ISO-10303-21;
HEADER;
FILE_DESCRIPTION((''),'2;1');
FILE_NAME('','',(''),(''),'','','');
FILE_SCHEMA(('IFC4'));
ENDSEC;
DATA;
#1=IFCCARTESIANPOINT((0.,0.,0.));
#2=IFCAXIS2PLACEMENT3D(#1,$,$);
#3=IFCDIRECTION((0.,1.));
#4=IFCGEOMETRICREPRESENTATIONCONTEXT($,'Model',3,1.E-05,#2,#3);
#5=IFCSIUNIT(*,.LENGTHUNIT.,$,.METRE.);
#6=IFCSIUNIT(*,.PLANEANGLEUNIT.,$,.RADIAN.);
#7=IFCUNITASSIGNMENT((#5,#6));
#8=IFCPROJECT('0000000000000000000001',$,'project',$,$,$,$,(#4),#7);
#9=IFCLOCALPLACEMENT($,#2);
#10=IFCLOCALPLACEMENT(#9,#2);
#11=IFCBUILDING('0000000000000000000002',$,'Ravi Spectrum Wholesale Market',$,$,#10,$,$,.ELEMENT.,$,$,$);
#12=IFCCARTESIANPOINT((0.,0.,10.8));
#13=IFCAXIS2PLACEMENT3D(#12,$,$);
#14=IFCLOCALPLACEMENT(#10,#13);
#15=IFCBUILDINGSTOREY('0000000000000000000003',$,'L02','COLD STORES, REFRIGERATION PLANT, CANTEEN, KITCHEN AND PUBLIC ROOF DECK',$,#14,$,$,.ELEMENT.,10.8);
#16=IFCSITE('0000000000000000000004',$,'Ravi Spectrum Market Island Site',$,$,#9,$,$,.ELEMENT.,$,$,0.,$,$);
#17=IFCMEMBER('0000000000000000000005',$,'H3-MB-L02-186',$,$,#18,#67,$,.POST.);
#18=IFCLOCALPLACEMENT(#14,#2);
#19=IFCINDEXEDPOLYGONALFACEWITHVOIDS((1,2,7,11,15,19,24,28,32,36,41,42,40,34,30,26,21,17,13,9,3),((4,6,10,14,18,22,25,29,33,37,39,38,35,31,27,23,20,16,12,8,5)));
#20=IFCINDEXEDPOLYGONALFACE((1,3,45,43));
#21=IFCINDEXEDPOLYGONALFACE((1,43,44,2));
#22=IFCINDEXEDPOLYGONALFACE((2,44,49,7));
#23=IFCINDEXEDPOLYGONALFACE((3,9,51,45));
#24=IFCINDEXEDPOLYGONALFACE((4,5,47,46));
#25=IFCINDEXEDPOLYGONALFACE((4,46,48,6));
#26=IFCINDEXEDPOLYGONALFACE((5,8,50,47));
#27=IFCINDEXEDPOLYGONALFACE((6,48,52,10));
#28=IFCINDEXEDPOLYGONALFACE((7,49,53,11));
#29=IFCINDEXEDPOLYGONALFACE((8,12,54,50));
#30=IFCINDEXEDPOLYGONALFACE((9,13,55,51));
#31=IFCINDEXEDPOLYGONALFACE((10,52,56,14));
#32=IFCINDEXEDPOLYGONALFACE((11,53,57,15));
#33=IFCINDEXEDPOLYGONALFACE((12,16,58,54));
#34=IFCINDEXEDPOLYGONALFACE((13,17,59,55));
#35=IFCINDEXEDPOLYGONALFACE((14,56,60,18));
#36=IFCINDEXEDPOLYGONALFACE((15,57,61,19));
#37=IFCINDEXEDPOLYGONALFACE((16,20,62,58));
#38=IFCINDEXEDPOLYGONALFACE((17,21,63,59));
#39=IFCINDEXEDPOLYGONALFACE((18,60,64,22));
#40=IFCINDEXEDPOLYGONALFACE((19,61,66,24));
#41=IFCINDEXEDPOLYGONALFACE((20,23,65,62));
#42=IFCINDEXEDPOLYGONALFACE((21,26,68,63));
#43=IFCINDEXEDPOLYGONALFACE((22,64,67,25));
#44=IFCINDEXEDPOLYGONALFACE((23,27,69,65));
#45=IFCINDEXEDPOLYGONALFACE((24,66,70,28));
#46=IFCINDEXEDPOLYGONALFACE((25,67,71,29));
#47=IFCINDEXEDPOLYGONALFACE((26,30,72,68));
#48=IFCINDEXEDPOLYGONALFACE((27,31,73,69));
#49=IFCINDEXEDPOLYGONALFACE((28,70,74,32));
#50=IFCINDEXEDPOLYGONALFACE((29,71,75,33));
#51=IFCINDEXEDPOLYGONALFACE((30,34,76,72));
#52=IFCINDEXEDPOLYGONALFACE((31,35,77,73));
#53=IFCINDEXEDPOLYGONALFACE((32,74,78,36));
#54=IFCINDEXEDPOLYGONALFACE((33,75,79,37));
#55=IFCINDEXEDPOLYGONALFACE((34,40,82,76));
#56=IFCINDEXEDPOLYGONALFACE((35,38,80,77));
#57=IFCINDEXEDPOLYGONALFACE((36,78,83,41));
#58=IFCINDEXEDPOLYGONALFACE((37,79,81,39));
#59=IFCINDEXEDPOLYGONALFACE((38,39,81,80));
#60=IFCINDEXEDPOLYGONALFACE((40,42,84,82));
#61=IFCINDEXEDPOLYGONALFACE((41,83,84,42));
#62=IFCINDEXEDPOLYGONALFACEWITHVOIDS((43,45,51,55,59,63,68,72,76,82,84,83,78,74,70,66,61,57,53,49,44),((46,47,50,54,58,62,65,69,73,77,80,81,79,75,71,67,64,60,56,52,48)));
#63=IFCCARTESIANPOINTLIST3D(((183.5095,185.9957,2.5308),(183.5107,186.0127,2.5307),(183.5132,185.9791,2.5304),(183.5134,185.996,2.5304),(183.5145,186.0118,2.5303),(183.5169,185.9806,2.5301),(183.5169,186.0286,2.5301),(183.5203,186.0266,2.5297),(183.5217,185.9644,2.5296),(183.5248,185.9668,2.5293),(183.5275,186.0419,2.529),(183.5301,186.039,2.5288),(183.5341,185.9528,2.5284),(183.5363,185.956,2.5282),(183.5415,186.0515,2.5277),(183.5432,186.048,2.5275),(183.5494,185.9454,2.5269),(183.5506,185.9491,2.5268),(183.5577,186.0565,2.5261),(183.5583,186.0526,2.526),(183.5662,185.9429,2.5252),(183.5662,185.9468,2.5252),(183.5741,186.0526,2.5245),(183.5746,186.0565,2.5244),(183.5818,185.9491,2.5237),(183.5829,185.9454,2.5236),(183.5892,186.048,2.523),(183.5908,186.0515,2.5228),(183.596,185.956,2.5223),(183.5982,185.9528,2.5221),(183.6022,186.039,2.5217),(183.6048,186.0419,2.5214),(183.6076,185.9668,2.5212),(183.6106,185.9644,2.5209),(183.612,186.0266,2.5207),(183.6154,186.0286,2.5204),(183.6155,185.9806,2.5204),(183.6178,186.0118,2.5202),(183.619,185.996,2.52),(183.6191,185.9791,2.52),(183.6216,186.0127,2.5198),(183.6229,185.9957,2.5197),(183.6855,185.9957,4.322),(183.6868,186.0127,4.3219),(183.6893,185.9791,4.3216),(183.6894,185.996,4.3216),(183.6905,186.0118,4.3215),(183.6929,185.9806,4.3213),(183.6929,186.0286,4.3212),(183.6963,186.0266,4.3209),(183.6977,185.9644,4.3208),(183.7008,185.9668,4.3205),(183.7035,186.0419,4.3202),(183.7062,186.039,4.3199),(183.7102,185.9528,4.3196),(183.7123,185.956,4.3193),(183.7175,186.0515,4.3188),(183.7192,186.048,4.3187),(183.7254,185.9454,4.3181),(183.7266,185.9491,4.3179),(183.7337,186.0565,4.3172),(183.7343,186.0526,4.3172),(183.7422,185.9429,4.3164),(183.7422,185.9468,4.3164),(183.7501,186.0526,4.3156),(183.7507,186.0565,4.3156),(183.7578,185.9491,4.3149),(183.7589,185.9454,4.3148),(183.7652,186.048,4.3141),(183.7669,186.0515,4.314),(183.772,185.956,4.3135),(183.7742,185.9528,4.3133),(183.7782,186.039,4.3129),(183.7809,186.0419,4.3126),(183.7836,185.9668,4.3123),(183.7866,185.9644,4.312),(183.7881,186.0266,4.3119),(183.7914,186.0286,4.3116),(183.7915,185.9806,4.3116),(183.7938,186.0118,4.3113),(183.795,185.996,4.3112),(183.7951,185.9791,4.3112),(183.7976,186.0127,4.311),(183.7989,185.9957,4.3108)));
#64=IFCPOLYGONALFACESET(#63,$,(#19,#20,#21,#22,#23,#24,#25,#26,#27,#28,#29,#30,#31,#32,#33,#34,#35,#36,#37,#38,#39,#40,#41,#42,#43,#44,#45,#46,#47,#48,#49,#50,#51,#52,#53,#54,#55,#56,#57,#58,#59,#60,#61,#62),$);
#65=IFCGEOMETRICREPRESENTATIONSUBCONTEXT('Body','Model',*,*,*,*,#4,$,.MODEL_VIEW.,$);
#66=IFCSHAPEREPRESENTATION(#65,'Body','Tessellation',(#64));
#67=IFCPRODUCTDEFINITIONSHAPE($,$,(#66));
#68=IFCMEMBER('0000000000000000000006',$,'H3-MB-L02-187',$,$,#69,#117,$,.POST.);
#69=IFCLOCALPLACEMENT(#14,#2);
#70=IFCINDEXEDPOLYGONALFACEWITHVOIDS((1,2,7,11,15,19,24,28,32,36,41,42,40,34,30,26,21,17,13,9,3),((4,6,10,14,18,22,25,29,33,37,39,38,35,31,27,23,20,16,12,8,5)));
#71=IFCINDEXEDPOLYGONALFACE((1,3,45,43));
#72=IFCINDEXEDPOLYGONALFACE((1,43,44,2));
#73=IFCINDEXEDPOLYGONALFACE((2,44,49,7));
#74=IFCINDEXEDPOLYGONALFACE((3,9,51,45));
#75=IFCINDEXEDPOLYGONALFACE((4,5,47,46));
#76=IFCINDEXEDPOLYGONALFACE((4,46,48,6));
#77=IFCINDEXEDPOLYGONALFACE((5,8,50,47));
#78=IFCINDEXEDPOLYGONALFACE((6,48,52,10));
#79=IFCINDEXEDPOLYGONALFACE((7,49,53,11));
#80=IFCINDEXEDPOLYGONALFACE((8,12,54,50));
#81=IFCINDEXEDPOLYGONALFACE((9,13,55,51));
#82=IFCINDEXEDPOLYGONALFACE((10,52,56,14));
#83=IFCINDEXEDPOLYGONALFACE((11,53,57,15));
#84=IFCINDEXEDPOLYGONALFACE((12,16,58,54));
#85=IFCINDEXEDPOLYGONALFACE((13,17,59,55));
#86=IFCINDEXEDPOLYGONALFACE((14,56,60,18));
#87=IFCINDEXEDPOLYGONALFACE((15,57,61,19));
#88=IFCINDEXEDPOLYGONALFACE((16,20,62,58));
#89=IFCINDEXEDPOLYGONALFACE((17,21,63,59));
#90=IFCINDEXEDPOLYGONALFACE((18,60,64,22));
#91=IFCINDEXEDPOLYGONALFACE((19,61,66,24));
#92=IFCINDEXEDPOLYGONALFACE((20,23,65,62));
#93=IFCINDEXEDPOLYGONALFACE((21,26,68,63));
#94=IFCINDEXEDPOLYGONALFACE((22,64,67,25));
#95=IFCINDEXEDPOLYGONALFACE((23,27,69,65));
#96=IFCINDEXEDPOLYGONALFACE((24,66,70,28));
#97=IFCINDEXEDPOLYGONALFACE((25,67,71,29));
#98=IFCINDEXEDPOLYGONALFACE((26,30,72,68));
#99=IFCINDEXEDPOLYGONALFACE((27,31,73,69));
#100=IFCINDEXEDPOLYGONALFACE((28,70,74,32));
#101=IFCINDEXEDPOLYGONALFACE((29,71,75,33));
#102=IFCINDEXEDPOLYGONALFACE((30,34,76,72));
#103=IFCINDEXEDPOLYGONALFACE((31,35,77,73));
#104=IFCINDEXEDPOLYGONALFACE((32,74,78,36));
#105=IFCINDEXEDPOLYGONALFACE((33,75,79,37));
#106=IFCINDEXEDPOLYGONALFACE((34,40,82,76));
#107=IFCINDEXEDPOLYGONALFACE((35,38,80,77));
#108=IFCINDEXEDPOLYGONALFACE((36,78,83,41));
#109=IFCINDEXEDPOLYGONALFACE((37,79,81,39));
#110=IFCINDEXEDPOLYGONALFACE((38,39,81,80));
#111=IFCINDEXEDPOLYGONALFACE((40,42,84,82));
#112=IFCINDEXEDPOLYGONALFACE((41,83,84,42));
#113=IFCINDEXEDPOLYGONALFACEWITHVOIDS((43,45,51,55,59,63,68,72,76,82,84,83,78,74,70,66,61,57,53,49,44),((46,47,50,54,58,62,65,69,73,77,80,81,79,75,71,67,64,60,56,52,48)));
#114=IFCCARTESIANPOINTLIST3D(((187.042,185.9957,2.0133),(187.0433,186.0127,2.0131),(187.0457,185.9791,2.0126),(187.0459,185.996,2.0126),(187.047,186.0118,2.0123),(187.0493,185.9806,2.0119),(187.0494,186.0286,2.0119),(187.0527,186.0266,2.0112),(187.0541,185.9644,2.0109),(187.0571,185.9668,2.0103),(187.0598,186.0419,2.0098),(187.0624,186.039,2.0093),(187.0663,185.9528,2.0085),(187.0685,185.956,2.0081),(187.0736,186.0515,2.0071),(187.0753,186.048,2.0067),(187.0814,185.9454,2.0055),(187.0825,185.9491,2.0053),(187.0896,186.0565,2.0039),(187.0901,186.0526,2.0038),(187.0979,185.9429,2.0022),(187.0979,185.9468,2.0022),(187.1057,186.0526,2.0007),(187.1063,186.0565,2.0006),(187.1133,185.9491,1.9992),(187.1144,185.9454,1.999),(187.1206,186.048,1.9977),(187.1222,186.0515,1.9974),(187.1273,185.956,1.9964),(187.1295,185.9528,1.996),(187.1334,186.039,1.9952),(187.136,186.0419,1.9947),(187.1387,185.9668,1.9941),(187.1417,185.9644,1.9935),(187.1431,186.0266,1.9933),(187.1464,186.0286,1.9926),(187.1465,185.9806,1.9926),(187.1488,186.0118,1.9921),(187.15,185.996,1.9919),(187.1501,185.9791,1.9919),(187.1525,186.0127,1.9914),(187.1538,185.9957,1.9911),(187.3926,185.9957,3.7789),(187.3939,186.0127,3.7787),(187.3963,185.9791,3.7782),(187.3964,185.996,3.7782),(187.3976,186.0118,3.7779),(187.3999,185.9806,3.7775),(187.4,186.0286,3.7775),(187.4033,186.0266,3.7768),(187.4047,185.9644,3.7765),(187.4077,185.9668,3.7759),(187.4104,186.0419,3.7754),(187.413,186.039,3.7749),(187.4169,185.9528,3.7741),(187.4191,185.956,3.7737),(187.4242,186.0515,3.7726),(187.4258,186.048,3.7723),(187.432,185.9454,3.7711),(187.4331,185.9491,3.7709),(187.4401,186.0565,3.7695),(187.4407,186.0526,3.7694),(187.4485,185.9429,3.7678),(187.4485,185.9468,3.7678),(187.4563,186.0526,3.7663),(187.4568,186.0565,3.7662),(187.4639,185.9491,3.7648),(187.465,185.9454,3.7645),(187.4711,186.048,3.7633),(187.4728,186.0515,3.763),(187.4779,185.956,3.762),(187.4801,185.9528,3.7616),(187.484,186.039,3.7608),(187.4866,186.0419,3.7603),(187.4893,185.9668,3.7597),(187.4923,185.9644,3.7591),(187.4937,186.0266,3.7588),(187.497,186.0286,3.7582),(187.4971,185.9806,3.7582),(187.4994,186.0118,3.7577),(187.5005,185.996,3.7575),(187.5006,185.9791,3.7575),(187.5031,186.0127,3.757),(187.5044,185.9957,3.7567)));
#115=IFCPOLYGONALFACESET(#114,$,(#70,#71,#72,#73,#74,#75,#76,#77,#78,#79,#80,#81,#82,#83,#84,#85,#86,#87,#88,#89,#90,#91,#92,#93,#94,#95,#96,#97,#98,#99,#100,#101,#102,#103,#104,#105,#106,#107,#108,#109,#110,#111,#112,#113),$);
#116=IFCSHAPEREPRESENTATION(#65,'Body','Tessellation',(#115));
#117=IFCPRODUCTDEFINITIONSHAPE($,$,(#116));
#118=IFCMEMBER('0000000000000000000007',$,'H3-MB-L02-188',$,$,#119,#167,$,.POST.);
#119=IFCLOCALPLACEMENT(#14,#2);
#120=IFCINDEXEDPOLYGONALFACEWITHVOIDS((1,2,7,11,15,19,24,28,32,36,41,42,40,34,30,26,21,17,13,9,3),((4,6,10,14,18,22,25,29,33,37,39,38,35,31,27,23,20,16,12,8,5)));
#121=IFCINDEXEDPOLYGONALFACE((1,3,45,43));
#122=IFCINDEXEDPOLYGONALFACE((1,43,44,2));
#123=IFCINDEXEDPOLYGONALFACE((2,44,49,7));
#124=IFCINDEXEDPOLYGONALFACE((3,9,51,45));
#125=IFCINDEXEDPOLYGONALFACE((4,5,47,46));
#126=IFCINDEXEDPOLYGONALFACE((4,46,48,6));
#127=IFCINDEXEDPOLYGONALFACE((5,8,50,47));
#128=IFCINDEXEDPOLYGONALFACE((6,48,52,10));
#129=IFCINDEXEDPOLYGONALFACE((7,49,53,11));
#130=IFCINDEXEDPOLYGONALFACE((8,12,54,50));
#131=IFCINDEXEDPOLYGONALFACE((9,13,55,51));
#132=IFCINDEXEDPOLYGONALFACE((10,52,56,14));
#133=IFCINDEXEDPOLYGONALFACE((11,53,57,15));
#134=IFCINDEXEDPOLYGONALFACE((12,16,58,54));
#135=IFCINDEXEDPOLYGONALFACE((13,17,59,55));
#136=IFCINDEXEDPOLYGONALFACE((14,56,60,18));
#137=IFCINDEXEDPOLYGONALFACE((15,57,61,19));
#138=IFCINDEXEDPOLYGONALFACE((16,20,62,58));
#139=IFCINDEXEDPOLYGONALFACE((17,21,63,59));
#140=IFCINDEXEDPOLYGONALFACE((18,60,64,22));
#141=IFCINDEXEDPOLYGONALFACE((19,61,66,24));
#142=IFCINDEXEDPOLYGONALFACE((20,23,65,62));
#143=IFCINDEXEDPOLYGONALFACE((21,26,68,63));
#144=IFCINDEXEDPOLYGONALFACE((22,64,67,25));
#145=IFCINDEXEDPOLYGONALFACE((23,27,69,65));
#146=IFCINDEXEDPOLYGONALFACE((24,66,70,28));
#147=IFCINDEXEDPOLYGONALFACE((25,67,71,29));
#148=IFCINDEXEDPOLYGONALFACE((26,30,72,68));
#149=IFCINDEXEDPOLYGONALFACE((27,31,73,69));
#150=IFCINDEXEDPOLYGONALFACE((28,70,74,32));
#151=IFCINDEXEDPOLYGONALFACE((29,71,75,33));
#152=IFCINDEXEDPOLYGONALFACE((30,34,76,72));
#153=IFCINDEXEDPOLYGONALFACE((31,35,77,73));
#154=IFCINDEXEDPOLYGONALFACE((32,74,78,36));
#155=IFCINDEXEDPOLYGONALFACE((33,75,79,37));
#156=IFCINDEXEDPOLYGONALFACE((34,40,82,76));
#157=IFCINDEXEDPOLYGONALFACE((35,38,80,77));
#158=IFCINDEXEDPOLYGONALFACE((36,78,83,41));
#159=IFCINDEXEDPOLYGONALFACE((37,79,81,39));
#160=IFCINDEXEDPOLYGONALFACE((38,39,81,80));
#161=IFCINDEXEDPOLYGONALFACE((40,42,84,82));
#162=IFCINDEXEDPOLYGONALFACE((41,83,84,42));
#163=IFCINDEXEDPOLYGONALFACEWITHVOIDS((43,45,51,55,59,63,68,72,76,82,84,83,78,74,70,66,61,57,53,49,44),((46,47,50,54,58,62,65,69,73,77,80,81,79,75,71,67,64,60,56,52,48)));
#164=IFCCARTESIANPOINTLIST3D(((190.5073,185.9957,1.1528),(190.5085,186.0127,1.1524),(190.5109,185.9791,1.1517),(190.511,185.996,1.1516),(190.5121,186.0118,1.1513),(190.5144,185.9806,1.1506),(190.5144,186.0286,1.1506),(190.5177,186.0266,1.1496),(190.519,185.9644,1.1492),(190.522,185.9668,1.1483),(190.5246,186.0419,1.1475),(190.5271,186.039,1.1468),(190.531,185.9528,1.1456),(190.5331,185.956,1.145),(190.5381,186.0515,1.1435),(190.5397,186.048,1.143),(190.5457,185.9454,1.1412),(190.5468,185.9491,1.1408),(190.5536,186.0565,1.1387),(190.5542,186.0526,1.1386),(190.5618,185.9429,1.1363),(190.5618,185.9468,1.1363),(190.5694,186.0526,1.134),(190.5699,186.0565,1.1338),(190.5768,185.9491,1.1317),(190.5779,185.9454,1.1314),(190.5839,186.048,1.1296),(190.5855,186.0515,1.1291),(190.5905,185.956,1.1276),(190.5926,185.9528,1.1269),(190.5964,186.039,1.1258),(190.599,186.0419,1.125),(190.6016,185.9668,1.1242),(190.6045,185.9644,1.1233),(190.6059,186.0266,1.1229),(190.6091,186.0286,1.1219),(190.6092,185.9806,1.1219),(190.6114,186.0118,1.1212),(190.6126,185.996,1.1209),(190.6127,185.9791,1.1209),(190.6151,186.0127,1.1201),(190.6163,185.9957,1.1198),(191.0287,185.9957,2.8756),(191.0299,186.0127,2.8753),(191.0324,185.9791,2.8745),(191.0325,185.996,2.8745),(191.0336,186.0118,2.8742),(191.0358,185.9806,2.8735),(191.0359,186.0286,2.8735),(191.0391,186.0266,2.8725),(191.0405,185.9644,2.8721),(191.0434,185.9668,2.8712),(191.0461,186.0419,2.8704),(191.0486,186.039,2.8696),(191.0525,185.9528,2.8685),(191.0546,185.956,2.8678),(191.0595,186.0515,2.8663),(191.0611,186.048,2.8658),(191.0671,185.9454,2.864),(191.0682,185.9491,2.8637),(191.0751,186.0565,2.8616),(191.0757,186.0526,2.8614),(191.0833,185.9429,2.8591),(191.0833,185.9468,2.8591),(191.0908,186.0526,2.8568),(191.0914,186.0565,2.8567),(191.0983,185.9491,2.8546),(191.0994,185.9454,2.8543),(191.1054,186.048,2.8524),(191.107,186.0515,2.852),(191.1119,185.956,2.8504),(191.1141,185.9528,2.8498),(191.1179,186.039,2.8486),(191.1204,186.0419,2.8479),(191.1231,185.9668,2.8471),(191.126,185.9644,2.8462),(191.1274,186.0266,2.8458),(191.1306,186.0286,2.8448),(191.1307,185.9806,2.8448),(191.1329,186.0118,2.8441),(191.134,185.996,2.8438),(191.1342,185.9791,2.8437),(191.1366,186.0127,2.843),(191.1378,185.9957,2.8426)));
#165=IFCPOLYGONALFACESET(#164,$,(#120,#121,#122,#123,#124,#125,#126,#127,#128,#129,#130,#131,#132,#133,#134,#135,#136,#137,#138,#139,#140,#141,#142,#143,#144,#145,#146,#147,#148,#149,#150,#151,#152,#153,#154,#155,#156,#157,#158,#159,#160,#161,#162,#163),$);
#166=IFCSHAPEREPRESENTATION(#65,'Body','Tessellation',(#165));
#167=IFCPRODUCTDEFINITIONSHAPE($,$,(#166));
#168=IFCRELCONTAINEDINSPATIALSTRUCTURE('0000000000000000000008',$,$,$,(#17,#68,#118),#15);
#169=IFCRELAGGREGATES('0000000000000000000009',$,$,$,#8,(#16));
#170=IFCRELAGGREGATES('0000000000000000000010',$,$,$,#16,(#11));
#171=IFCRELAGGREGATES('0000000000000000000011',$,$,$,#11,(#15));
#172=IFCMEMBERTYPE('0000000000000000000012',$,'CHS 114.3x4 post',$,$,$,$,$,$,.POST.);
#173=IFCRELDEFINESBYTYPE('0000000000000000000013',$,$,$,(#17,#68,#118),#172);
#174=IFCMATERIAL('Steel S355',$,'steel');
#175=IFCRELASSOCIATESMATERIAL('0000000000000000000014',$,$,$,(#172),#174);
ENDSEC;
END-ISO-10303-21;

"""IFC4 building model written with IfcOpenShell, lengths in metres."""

from ifc_helpers import new_model, si_unit, direction, frame, origin, origin_2d, place, context, subcontext, project, spatial, hollow_circle, extrude, material, material_profile, profile_set, type_object, element, save


model = new_model("IFC4")

# Units and contexts
model_context = context("Model", 3, precision=1e-05, world=origin(), true_north=direction((0.0, 1.0)))
body_context = subcontext(model_context, "Body", "Model", "MODEL_VIEW")
ifc_project = project(units=[si_unit("LENGTHUNIT", "METRE"), si_unit("PLANEANGLEUNIT", "RADIAN")], contexts=[model_context])

# Site, building, storey
site_placement = place(None, origin())
site = spatial("IfcSite", under=ifc_project, at=site_placement, Name="Ravi Spectrum Market Island Site", CompositionType="ELEMENT", RefElevation=0.0)
building_placement = place(site_placement, origin())
building = spatial("IfcBuilding", under=site, at=building_placement, Name="Ravi Spectrum Wholesale Market", CompositionType="ELEMENT")
storey_placement = place(building_placement, frame((0.0, 0.0, 10.8)))
storey = spatial("IfcBuildingStorey", under=building, at=storey_placement, Name="L02", Description="COLD STORES, REFRIGERATION PLANT, CANTEEN, KITCHEN AND PUBLIC ROOF DECK", CompositionType="ELEMENT", Elevation=10.8)

# Members
ifc_material_1 = material(Name="Steel S355", Category="steel")
ifc_material_profile_1 = material_profile(ifc_material_1, hollow_circle(Radius=0.0571, WallThickness=0.0039, at=origin_2d()))
ifc_profile_set_1 = profile_set([ifc_material_profile_1], Name="Steel S355")
member_type_1 = type_object("IfcMemberType", Name="CHS 114.3x4 post", PredefinedType="POST", material=ifc_profile_set_1)
member_1_placement = place(storey_placement, frame((183.7422, 186.0, 4.3164), z_axis=(-0.097798, 0.0, -0.995206), x_axis=(0.0, -1.0, 0.0)))
element("IfcMember", 1, at=member_1_placement, inside=storey, type_object=member_type_1, Name="H3-MB-L02-186", PredefinedType="POST", context=body_context, shape_type="SweptSolid", body=[
    extrude(hollow_circle(Radius=0.0571, WallThickness=0.0039, at=origin_2d()), origin(), (0.0, 0.0, 1.0), 1.7998),
])
for number, where, z_axis, x_axis, name in (
    (2, (187.4485, 186.0, 3.7678), (-0.19476, 0.0, -0.980851), (0.0, -1.0, 0.0), "H3-MB-L02-187"),
    (3, (191.0833, 186.0, 2.8591), (-0.289699, 0.0, -0.957118), (0.0, -1.0, 0.0), "H3-MB-L02-188"),
):
    element("IfcMember", number, at=place(storey_placement, frame(where, z_axis=z_axis, x_axis=x_axis)), inside=storey, type_object=member_type_1, Name=name, PredefinedType="POST", context=body_context, shape_type="SweptSolid", body=[
        extrude(hollow_circle(Radius=0.0571, WallThickness=0.0039, at=origin_2d()), origin(), (0.0, 0.0, 1.0), 1.8),
    ])

save(model, "model.ifc")
